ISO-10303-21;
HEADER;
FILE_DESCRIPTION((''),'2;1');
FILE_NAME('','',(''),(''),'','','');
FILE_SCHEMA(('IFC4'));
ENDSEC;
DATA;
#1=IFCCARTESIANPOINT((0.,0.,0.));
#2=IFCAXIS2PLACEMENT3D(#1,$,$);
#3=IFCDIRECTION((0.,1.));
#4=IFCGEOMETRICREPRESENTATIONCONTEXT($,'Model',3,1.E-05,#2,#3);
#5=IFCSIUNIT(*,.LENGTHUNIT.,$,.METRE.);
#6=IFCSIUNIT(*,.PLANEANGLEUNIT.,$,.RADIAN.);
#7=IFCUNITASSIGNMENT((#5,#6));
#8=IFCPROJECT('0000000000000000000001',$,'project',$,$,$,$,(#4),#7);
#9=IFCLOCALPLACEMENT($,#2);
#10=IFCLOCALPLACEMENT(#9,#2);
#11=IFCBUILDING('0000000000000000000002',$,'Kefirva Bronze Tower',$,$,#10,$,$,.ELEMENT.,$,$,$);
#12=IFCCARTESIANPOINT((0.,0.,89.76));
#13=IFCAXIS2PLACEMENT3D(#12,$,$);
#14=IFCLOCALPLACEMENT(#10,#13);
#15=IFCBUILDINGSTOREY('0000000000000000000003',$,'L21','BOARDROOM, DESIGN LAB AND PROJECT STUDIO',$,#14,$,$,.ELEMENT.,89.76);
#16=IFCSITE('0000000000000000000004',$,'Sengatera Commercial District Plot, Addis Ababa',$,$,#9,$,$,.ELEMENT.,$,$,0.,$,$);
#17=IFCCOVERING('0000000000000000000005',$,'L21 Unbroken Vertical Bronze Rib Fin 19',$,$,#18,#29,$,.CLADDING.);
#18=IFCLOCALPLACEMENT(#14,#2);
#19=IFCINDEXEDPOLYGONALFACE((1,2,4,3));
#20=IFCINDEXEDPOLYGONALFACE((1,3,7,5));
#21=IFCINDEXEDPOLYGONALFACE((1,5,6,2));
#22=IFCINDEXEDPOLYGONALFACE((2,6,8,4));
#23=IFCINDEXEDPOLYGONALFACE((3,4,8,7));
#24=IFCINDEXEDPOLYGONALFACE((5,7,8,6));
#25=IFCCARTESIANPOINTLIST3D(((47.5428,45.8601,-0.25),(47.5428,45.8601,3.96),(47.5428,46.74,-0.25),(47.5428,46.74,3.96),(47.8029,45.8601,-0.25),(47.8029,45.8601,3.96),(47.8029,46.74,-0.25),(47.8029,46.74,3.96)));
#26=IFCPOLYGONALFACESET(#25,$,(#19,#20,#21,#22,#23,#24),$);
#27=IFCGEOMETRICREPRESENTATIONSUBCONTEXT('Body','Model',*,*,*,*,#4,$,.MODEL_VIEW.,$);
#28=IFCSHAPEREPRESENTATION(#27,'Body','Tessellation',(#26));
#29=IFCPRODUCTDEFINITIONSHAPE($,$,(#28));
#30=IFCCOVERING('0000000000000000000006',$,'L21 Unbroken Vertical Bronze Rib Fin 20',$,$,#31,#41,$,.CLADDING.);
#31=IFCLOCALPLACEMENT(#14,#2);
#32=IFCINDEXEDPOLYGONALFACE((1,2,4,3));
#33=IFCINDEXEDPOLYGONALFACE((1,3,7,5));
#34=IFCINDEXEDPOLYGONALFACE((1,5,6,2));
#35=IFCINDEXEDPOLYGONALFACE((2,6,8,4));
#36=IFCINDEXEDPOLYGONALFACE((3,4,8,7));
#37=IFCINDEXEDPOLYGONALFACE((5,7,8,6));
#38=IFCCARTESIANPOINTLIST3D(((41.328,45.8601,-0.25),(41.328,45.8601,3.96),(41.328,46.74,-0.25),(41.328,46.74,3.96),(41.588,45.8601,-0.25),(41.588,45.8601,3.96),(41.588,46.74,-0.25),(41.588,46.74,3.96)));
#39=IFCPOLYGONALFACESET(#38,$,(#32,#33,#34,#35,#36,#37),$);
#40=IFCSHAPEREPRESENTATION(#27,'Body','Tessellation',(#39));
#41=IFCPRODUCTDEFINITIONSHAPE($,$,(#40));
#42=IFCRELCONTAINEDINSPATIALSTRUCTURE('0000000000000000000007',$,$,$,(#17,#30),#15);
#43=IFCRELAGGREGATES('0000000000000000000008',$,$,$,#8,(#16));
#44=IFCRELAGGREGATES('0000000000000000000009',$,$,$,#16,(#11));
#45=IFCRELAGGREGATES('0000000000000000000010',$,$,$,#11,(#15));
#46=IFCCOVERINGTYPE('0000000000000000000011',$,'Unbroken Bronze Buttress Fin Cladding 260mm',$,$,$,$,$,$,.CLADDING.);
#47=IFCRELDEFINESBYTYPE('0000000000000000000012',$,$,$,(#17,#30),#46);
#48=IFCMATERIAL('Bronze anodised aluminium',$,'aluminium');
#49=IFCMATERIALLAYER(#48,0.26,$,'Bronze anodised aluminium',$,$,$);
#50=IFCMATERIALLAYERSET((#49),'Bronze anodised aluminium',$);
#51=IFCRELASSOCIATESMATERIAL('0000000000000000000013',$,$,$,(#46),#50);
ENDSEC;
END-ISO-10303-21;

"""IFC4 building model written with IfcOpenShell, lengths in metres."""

from ifc_helpers import new_model, si_unit, direction, frame, origin, origin_2d, place, context, subcontext, project, spatial, rectangle, extrude, material, layer, layer_set, type_object, element, save


model = new_model("IFC4")

# Units and contexts
model_context = context("Model", 3, precision=1e-05, world=origin(), true_north=direction((0.0, 1.0)))
body_context = subcontext(model_context, "Body", "Model", "MODEL_VIEW")
ifc_project = project(units=[si_unit("LENGTHUNIT", "METRE"), si_unit("PLANEANGLEUNIT", "RADIAN")], contexts=[model_context])

# Site, building, storey
site_placement = place(None, origin())
site = spatial("IfcSite", under=ifc_project, at=site_placement, Name="Sengatera Commercial District Plot, Addis Ababa", CompositionType="ELEMENT", RefElevation=0.0)
building_placement = place(site_placement, origin())
building = spatial("IfcBuilding", under=site, at=building_placement, Name="Kefirva Bronze Tower", CompositionType="ELEMENT")
storey_placement = place(building_placement, frame((0.0, 0.0, 89.76)))
storey = spatial("IfcBuildingStorey", under=building, at=storey_placement, Name="L21", Description="BOARDROOM, DESIGN LAB AND PROJECT STUDIO", CompositionType="ELEMENT", Elevation=89.76)

# Shared definitions
ifc_material_1 = material(Name="Bronze anodised aluminium", Category="aluminium")

# Coverings
ifc_layer_1 = layer(ifc_material_1, 0.26, Name="Bronze anodised aluminium")
ifc_layer_set_1 = layer_set([ifc_layer_1], Name="Bronze anodised aluminium")
covering_type_1 = type_object("IfcCoveringType", Name="Unbroken Bronze Buttress Fin Cladding 260mm", PredefinedType="CLADDING", material=ifc_layer_set_1)
for number, where, z_axis, x_axis, name in (
    (1, (47.6729, 46.3, -0.25), (0.0, 0.0, 1.0), (-1.0, 0.0, 0.0), "L21 Unbroken Vertical Bronze Rib Fin 19"),
    (2, (41.458, 46.3, -0.25), (0.0, 0.0, 1.0), (-1.0, 0.0, 0.0), "L21 Unbroken Vertical Bronze Rib Fin 20"),
):
    element("IfcCovering", number, at=place(storey_placement, frame(where, z_axis=z_axis, x_axis=x_axis)), inside=storey, type_object=covering_type_1, Name=name, PredefinedType="CLADDING", context=body_context, shape_type="SweptSolid", body=[
        extrude(rectangle(XDim=0.26, YDim=0.8799, at=origin_2d()), origin(), (0.0, 0.0, 1.0), 4.21),
    ])

save(model, "model.ifc")
